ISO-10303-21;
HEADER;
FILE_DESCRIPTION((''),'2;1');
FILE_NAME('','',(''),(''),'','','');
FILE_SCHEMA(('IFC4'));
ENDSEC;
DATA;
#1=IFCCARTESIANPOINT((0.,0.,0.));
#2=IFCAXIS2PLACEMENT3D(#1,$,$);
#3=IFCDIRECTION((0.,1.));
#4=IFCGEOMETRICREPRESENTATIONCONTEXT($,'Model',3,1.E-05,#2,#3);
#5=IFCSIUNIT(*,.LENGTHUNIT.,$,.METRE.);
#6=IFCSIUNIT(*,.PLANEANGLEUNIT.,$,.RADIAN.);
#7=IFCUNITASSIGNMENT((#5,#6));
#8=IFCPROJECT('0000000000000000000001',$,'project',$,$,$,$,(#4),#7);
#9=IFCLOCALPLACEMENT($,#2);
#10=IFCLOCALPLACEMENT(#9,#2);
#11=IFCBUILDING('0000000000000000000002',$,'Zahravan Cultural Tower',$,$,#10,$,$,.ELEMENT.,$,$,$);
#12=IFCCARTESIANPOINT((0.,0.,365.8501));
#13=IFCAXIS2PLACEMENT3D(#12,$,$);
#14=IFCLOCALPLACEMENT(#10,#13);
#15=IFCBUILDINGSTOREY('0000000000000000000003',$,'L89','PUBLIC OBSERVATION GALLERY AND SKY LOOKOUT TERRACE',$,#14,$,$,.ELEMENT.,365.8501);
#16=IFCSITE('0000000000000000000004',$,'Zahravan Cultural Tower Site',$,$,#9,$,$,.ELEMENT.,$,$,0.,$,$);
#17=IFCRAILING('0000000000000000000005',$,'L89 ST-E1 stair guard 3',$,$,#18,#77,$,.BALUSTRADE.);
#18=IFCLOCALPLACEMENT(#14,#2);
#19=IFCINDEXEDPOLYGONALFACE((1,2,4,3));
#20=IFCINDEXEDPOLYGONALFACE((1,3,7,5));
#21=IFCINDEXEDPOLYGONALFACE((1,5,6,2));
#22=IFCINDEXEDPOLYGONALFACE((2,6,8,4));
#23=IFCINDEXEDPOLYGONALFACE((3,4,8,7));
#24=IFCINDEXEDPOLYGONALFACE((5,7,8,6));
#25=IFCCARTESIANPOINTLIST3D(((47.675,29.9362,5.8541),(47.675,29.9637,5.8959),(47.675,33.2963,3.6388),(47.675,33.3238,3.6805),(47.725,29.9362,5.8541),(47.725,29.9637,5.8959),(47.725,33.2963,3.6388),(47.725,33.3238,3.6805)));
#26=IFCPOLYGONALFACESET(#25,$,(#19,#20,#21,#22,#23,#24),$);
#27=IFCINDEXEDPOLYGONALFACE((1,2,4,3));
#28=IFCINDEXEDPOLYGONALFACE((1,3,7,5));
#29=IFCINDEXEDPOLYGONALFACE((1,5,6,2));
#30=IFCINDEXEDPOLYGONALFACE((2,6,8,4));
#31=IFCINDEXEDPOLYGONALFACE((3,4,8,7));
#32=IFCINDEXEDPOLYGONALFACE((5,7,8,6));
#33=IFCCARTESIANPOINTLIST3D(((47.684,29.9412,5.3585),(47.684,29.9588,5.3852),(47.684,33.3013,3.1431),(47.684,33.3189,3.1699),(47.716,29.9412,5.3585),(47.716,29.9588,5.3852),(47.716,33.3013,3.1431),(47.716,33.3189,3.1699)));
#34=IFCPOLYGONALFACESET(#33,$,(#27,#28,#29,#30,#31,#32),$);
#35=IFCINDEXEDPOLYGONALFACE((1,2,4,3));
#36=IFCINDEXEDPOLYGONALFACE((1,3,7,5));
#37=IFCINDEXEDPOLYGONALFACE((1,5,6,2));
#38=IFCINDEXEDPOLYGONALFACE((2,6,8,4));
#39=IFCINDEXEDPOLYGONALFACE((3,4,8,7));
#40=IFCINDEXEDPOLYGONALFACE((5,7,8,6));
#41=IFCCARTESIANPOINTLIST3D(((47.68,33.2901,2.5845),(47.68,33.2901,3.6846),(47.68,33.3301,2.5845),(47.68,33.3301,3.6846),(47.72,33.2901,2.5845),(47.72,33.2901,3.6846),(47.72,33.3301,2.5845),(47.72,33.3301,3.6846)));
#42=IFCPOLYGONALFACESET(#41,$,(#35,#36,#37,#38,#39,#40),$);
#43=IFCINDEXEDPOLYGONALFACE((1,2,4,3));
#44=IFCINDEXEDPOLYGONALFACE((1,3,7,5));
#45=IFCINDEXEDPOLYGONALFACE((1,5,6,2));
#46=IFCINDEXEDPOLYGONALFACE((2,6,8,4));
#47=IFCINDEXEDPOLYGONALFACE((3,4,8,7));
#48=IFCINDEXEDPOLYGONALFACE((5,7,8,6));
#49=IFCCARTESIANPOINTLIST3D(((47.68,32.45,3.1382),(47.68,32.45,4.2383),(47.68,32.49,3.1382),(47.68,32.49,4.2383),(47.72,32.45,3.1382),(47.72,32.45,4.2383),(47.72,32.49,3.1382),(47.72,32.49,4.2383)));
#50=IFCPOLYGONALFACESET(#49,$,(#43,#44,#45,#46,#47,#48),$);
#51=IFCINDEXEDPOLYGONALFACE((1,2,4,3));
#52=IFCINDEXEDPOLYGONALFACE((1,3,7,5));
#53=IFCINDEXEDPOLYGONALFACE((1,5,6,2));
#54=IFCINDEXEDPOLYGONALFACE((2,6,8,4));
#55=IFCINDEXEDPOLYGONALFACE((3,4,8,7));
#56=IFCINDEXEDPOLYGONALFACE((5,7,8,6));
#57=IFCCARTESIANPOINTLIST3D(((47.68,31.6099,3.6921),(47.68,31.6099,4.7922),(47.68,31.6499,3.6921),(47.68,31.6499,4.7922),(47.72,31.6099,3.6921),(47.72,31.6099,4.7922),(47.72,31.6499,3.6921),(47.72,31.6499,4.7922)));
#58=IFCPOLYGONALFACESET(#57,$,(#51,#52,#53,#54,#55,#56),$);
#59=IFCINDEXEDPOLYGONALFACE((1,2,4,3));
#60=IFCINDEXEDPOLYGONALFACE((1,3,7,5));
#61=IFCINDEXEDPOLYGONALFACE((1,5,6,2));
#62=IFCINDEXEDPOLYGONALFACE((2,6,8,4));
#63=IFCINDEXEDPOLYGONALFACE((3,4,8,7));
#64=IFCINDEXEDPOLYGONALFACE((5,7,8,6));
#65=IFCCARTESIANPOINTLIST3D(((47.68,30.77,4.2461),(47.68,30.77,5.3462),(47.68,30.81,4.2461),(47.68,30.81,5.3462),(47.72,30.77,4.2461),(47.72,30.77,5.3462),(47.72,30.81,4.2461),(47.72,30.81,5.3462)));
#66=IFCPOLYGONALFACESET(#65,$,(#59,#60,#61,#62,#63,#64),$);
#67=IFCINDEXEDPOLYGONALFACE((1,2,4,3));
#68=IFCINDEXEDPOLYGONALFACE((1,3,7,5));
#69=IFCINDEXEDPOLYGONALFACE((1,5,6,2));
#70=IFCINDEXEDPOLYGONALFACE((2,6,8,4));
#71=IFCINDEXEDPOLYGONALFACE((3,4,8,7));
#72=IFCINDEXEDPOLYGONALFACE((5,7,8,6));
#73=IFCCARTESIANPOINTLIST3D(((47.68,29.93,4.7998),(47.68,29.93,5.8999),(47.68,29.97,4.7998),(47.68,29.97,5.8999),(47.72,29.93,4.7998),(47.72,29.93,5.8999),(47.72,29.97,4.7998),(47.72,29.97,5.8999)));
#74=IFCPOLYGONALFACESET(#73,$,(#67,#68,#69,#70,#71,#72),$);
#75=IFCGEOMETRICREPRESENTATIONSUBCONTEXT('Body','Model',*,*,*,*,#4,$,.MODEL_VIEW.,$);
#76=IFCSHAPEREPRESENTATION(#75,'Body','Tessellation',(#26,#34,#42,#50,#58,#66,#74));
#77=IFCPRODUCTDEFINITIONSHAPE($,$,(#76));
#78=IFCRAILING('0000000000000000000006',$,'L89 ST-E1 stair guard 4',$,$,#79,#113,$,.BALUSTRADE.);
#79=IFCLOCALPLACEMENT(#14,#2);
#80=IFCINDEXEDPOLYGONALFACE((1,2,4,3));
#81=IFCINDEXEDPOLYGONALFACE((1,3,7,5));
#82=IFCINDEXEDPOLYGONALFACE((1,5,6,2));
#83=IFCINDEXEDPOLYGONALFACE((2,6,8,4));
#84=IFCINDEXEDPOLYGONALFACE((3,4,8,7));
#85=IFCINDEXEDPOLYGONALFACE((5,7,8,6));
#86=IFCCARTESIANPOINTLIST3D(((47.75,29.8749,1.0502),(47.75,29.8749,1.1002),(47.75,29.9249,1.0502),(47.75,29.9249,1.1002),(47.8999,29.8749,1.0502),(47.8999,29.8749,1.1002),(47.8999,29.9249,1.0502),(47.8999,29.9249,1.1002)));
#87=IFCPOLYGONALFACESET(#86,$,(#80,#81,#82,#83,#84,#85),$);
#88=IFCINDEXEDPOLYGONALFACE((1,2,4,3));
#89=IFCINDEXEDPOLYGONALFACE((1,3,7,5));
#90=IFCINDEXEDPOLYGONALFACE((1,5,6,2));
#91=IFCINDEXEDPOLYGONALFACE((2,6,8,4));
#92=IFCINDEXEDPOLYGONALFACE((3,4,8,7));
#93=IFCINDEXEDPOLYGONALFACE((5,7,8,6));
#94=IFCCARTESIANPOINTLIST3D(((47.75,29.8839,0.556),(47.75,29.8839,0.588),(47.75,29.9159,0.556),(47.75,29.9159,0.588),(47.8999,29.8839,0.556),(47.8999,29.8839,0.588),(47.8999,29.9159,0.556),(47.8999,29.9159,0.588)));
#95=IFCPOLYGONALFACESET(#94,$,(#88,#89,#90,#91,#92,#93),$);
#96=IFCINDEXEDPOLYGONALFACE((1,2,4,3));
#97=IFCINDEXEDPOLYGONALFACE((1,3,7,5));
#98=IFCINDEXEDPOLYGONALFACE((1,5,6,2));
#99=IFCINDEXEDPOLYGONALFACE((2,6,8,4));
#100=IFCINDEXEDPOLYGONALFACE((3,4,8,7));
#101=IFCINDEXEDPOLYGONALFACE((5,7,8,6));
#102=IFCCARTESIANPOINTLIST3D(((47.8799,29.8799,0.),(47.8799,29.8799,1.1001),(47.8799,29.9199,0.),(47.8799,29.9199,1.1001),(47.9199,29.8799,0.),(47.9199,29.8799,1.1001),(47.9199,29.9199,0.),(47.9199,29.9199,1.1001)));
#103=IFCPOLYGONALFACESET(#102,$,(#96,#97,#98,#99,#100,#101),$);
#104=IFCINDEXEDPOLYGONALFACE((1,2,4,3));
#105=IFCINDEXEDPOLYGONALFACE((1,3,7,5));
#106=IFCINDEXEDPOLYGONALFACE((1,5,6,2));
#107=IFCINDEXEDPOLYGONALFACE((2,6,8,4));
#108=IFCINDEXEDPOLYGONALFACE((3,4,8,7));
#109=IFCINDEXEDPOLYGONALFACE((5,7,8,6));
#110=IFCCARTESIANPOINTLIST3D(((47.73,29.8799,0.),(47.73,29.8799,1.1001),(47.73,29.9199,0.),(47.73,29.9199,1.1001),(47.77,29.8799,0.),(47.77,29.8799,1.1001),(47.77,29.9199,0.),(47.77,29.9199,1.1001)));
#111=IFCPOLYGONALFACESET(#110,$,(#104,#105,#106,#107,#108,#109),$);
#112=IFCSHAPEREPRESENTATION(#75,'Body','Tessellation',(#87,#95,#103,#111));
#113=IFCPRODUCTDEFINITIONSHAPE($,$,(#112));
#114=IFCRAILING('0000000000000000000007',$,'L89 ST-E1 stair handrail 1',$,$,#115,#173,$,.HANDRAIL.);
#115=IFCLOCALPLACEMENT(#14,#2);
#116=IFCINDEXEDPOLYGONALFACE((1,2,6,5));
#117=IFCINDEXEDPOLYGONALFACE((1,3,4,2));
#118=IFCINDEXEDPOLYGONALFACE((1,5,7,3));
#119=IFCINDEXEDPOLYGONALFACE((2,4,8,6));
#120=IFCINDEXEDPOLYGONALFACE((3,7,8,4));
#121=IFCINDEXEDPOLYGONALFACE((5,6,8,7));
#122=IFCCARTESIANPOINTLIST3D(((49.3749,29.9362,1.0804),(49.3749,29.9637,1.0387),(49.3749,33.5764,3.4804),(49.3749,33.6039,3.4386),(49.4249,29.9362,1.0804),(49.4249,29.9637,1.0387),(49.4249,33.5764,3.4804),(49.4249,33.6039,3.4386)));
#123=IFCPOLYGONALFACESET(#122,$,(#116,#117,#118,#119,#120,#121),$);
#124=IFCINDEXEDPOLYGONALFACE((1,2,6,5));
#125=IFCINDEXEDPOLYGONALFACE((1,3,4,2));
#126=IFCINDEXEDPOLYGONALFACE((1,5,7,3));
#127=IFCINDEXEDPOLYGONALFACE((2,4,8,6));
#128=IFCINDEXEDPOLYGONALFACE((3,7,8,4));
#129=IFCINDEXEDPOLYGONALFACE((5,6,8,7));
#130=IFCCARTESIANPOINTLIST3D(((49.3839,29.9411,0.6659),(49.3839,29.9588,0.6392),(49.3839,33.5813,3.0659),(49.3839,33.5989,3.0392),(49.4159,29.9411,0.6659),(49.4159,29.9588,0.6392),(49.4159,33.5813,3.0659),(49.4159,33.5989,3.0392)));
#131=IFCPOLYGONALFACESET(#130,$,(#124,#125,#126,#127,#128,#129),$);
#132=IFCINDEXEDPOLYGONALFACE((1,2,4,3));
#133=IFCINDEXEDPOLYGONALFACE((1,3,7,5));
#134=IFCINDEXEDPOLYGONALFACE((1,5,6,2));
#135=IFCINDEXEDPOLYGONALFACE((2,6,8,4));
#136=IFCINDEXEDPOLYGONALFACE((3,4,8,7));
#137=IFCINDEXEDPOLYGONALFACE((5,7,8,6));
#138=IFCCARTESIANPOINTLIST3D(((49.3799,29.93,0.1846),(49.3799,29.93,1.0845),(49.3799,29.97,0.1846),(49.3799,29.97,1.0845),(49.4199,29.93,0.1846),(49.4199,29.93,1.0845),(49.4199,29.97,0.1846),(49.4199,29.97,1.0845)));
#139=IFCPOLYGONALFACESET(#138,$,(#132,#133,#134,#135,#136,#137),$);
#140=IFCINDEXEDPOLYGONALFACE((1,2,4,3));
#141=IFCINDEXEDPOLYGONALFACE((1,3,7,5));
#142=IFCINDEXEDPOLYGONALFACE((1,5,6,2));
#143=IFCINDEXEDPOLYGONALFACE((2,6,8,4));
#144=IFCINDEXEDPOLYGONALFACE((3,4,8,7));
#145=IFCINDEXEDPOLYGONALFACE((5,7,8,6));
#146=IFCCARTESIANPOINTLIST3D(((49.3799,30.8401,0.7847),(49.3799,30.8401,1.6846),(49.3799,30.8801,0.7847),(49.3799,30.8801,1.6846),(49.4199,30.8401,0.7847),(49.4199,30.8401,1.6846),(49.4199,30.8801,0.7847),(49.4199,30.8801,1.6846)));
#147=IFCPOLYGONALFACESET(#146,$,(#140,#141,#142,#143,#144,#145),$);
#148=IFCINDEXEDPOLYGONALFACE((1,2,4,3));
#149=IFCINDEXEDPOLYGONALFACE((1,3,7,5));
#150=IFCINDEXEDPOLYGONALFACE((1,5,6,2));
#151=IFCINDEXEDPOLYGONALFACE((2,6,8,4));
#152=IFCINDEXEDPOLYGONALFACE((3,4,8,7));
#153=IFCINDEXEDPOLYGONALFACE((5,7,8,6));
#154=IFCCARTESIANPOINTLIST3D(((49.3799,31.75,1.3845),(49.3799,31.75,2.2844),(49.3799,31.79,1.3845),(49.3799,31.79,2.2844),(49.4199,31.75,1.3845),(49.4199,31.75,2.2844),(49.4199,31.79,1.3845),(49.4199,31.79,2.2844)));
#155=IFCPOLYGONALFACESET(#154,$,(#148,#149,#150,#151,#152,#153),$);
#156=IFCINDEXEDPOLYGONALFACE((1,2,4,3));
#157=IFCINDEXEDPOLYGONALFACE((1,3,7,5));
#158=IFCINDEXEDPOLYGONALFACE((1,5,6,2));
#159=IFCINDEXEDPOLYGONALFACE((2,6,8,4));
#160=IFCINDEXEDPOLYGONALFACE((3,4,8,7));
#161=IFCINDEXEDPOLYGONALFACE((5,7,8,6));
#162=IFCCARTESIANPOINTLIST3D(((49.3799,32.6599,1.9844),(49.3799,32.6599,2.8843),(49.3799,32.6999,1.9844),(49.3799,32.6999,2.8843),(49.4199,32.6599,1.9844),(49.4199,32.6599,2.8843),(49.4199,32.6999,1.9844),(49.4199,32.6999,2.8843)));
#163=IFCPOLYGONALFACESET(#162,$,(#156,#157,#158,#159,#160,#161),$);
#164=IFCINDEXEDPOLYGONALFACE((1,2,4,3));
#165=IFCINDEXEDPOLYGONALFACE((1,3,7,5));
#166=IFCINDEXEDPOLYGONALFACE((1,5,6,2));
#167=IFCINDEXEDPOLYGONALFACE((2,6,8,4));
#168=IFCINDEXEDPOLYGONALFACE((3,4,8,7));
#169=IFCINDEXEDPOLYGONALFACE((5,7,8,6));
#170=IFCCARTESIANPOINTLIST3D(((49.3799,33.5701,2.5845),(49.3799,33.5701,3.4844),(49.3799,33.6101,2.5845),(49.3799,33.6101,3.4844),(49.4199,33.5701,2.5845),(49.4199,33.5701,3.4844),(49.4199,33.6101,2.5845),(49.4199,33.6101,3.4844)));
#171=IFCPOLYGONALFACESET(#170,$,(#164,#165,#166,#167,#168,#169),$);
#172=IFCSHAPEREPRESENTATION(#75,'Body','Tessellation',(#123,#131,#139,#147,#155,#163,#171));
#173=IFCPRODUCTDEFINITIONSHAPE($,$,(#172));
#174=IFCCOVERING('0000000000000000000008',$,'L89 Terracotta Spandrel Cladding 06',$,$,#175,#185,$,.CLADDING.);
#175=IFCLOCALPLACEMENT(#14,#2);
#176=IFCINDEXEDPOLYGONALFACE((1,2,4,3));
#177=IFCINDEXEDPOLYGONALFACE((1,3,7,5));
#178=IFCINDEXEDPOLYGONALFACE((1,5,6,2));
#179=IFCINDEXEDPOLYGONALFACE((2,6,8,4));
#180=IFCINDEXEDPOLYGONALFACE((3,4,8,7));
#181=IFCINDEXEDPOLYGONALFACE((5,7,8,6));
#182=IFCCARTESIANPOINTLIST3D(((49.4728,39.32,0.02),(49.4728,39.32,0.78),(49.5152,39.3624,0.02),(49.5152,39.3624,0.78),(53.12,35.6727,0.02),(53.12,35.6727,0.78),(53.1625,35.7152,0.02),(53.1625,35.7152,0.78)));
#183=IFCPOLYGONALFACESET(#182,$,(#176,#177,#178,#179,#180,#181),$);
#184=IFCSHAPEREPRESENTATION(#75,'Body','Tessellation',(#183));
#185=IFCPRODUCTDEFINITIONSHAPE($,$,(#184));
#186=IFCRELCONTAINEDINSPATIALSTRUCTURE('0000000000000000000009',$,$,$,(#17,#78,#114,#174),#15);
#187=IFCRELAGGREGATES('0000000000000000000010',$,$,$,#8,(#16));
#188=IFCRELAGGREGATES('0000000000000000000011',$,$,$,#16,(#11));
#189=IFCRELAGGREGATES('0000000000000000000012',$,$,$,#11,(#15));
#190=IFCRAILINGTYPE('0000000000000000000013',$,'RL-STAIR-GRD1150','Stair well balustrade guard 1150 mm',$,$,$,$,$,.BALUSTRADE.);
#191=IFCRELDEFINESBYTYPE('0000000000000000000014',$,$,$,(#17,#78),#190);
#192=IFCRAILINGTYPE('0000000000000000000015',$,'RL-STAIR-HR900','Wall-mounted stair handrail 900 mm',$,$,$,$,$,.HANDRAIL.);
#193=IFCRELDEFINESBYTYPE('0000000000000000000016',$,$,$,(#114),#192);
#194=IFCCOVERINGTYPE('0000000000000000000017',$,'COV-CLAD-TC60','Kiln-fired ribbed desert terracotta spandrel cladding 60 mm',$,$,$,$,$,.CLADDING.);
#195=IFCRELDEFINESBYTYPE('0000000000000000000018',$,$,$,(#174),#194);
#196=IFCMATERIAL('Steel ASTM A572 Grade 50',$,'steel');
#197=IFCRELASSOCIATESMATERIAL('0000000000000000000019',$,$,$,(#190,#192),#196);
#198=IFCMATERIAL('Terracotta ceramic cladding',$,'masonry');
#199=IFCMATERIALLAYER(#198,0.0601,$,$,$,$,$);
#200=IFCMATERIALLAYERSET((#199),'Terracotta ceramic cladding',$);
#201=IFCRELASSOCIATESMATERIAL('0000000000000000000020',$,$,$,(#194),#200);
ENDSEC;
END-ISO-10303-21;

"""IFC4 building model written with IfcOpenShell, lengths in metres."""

from ifc_helpers import new_model, si_unit, direction, frame, origin, origin_2d, place, context, subcontext, project, spatial, rectangle, extrude, source, transform, mapped, material, layer, layer_set, type_object, element, save


model = new_model("IFC4")

# Units and contexts
model_context = context("Model", 3, precision=1e-05, world=origin(), true_north=direction((0.0, 1.0)))
body_context = subcontext(model_context, "Body", "Model", "MODEL_VIEW")
ifc_project = project(units=[si_unit("LENGTHUNIT", "METRE"), si_unit("PLANEANGLEUNIT", "RADIAN")], contexts=[model_context])

# Site, building, storey
site_placement = place(None, origin())
site = spatial("IfcSite", under=ifc_project, at=site_placement, Name="Zahravan Cultural Tower Site", CompositionType="ELEMENT", RefElevation=0.0)
building_placement = place(site_placement, origin())
building = spatial("IfcBuilding", under=site, at=building_placement, Name="Zahravan Cultural Tower", CompositionType="ELEMENT")
storey_placement = place(building_placement, frame((0.0, 0.0, 365.8501)))
storey = spatial("IfcBuildingStorey", under=building, at=storey_placement, Name="L89", Description="PUBLIC OBSERVATION GALLERY AND SKY LOOKOUT TERRACE", CompositionType="ELEMENT", Elevation=365.8501)

# Railings
ifc_material_1 = material(Name="Steel ASTM A572 Grade 50", Category="steel")
railing_type_1 = type_object("IfcRailingType", Name="RL-STAIR-GRD1150", Description="Stair well balustrade guard 1150 mm", PredefinedType="BALUSTRADE", material=ifc_material_1)
railing_1_placement = place(storey_placement, frame((47.7, 33.3101, 2.5845)))
element("IfcRailing", 1, at=railing_1_placement, inside=storey, type_object=railing_type_1, Name="L89 ST-E1 stair guard 3", PredefinedType="BALUSTRADE", context=body_context, shape_type="SweptSolid", body=[
    extrude(rectangle(XDim=0.05, YDim=0.05, at=origin_2d()), frame((0.0, 0.0, 1.0752), z_axis=(0.0, -0.834876, 0.550437), x_axis=(1.0, 0.0, 0.0)), (0.0, 0.0, 1.0), 4.0247),
    extrude(rectangle(XDim=0.032, YDim=0.032, at=origin_2d()), frame((0.0, 0.0, 0.572), z_axis=(0.0, -0.834876, 0.550437), x_axis=(1.0, 0.0, 0.0)), (0.0, 0.0, 1.0), 4.0247),
    extrude(rectangle(XDim=0.04, YDim=0.04, at=origin_2d()), origin(), (0.0, 0.0, 1.0), 1.1001),
    extrude(rectangle(XDim=0.04, YDim=0.04, at=origin_2d()), frame((0.0, -0.8401, 0.5537)), (0.0, 0.0, 1.0), 1.1001),
    extrude(rectangle(XDim=0.04, YDim=0.04, at=origin_2d()), frame((0.0, -1.6802, 1.1077)), (0.0, 0.0, 1.0), 1.1001),
    extrude(rectangle(XDim=0.04, YDim=0.04, at=origin_2d()), frame((0.0, -2.52, 1.6616)), (0.0, 0.0, 1.0), 1.1001),
    extrude(rectangle(XDim=0.04, YDim=0.04, at=origin_2d()), frame((0.0, -3.3601, 2.2153)), (0.0, 0.0, 1.0), 1.1001),
])
railing_2_placement = place(storey_placement, frame((47.8999, 29.8999, 0.0)))
element("IfcRailing", 2, at=railing_2_placement, inside=storey, type_object=railing_type_1, Name="L89 ST-E1 stair guard 4", PredefinedType="BALUSTRADE", context=body_context, shape_type="SweptSolid", body=[
    extrude(rectangle(XDim=0.05, YDim=0.05, at=origin_2d()), frame((0.0, 0.0, 1.0752), z_axis=(-1.0, 0.0, 0.0), x_axis=(0.0, -1.0, 0.0)), (0.0, 0.0, 1.0), 0.1499),
    extrude(rectangle(XDim=0.032, YDim=0.032, at=origin_2d()), frame((0.0, 0.0, 0.572), z_axis=(-1.0, 0.0, 0.0), x_axis=(0.0, -1.0, 0.0)), (0.0, 0.0, 1.0), 0.1499),
    extrude(rectangle(XDim=0.04, YDim=0.04, at=origin_2d()), origin(), (0.0, 0.0, 1.0), 1.1001),
    extrude(rectangle(XDim=0.04, YDim=0.04, at=origin_2d()), frame((-0.1499, 0.0, 0.0)), (0.0, 0.0, 1.0), 1.1001),
])
railing_type_2 = type_object("IfcRailingType", Name="RL-STAIR-HR900", Description="Wall-mounted stair handrail 900 mm", PredefinedType="HANDRAIL", material=ifc_material_1)
railing_3_placement = place(storey_placement, frame((49.3999, 29.95, 0.1846)))
element("IfcRailing", 3, at=railing_3_placement, inside=storey, type_object=railing_type_2, Name="L89 ST-E1 stair handrail 1", PredefinedType="HANDRAIL", context=body_context, shape_type="SweptSolid", body=[
    extrude(rectangle(XDim=0.05, YDim=0.05, at=origin_2d()), frame((0.0, 0.0, 0.875), z_axis=(0.0, 0.834882, 0.550429), x_axis=(-1.0, 0.0, 0.0)), (0.0, 0.0, 1.0), 4.3601),
    extrude(rectangle(XDim=0.032, YDim=0.032, at=origin_2d()), frame((0.0, 0.0, 0.468), z_axis=(0.0, 0.834882, 0.550429), x_axis=(-1.0, 0.0, 0.0)), (0.0, 0.0, 1.0), 4.3601),
    extrude(rectangle(XDim=0.04, YDim=0.04, at=origin_2d()), origin(), (0.0, 0.0, 1.0), 0.8999),
    extrude(rectangle(XDim=0.04, YDim=0.04, at=origin_2d()), frame((0.0, 0.9102, 0.6001)), (0.0, 0.0, 1.0), 0.8999),
    extrude(rectangle(XDim=0.04, YDim=0.04, at=origin_2d()), frame((0.0, 1.8201, 1.2)), (0.0, 0.0, 1.0), 0.8999),
    extrude(rectangle(XDim=0.04, YDim=0.04, at=origin_2d()), frame((0.0, 2.73, 1.7998)), (0.0, 0.0, 1.0), 0.8999),
    extrude(rectangle(XDim=0.04, YDim=0.04, at=origin_2d()), frame((0.0, 3.6401, 2.3999)), (0.0, 0.0, 1.0), 0.8999),
])

# Covering
ifc_material_2 = material(Name="Terracotta ceramic cladding", Category="masonry")
ifc_layer_1 = layer(ifc_material_2, 0.0601)
ifc_layer_set_1 = layer_set([ifc_layer_1], Name="Terracotta ceramic cladding")
covering_type = type_object("IfcCoveringType", Name="COV-CLAD-TC60", Description="Kiln-fired ribbed desert terracotta spandrel cladding 60 mm", PredefinedType="CLADDING", material=ifc_layer_set_1)
shared_shape_1 = source(origin(), body_context, "Body", "SweptSolid", [
    extrude(rectangle(XDim=5.158, YDim=0.0601, at=origin_2d()), origin(), (0.0, 0.0, 1.0), 0.76),
])
covering_placement = place(storey_placement, frame((51.3176, 37.5176, 0.02), z_axis=(0.0, 0.0, 1.0), x_axis=(0.707107, -0.707107, 0.0)))
element("IfcCovering", 4, at=covering_placement, inside=storey, type_object=covering_type, Name="L89 Terracotta Spandrel Cladding 06", PredefinedType="CLADDING", context=body_context, shape_type="MappedRepresentation", body=[
    mapped(shared_shape_1, transform((0.0, 0.0, 0.0), x_axis=(1.0, 0.0, 0.0), y_axis=(0.0, 1.0, 0.0), z_axis=(0.0, 0.0, 1.0), scale=1.0)),
])

save(model, "model.ifc")
